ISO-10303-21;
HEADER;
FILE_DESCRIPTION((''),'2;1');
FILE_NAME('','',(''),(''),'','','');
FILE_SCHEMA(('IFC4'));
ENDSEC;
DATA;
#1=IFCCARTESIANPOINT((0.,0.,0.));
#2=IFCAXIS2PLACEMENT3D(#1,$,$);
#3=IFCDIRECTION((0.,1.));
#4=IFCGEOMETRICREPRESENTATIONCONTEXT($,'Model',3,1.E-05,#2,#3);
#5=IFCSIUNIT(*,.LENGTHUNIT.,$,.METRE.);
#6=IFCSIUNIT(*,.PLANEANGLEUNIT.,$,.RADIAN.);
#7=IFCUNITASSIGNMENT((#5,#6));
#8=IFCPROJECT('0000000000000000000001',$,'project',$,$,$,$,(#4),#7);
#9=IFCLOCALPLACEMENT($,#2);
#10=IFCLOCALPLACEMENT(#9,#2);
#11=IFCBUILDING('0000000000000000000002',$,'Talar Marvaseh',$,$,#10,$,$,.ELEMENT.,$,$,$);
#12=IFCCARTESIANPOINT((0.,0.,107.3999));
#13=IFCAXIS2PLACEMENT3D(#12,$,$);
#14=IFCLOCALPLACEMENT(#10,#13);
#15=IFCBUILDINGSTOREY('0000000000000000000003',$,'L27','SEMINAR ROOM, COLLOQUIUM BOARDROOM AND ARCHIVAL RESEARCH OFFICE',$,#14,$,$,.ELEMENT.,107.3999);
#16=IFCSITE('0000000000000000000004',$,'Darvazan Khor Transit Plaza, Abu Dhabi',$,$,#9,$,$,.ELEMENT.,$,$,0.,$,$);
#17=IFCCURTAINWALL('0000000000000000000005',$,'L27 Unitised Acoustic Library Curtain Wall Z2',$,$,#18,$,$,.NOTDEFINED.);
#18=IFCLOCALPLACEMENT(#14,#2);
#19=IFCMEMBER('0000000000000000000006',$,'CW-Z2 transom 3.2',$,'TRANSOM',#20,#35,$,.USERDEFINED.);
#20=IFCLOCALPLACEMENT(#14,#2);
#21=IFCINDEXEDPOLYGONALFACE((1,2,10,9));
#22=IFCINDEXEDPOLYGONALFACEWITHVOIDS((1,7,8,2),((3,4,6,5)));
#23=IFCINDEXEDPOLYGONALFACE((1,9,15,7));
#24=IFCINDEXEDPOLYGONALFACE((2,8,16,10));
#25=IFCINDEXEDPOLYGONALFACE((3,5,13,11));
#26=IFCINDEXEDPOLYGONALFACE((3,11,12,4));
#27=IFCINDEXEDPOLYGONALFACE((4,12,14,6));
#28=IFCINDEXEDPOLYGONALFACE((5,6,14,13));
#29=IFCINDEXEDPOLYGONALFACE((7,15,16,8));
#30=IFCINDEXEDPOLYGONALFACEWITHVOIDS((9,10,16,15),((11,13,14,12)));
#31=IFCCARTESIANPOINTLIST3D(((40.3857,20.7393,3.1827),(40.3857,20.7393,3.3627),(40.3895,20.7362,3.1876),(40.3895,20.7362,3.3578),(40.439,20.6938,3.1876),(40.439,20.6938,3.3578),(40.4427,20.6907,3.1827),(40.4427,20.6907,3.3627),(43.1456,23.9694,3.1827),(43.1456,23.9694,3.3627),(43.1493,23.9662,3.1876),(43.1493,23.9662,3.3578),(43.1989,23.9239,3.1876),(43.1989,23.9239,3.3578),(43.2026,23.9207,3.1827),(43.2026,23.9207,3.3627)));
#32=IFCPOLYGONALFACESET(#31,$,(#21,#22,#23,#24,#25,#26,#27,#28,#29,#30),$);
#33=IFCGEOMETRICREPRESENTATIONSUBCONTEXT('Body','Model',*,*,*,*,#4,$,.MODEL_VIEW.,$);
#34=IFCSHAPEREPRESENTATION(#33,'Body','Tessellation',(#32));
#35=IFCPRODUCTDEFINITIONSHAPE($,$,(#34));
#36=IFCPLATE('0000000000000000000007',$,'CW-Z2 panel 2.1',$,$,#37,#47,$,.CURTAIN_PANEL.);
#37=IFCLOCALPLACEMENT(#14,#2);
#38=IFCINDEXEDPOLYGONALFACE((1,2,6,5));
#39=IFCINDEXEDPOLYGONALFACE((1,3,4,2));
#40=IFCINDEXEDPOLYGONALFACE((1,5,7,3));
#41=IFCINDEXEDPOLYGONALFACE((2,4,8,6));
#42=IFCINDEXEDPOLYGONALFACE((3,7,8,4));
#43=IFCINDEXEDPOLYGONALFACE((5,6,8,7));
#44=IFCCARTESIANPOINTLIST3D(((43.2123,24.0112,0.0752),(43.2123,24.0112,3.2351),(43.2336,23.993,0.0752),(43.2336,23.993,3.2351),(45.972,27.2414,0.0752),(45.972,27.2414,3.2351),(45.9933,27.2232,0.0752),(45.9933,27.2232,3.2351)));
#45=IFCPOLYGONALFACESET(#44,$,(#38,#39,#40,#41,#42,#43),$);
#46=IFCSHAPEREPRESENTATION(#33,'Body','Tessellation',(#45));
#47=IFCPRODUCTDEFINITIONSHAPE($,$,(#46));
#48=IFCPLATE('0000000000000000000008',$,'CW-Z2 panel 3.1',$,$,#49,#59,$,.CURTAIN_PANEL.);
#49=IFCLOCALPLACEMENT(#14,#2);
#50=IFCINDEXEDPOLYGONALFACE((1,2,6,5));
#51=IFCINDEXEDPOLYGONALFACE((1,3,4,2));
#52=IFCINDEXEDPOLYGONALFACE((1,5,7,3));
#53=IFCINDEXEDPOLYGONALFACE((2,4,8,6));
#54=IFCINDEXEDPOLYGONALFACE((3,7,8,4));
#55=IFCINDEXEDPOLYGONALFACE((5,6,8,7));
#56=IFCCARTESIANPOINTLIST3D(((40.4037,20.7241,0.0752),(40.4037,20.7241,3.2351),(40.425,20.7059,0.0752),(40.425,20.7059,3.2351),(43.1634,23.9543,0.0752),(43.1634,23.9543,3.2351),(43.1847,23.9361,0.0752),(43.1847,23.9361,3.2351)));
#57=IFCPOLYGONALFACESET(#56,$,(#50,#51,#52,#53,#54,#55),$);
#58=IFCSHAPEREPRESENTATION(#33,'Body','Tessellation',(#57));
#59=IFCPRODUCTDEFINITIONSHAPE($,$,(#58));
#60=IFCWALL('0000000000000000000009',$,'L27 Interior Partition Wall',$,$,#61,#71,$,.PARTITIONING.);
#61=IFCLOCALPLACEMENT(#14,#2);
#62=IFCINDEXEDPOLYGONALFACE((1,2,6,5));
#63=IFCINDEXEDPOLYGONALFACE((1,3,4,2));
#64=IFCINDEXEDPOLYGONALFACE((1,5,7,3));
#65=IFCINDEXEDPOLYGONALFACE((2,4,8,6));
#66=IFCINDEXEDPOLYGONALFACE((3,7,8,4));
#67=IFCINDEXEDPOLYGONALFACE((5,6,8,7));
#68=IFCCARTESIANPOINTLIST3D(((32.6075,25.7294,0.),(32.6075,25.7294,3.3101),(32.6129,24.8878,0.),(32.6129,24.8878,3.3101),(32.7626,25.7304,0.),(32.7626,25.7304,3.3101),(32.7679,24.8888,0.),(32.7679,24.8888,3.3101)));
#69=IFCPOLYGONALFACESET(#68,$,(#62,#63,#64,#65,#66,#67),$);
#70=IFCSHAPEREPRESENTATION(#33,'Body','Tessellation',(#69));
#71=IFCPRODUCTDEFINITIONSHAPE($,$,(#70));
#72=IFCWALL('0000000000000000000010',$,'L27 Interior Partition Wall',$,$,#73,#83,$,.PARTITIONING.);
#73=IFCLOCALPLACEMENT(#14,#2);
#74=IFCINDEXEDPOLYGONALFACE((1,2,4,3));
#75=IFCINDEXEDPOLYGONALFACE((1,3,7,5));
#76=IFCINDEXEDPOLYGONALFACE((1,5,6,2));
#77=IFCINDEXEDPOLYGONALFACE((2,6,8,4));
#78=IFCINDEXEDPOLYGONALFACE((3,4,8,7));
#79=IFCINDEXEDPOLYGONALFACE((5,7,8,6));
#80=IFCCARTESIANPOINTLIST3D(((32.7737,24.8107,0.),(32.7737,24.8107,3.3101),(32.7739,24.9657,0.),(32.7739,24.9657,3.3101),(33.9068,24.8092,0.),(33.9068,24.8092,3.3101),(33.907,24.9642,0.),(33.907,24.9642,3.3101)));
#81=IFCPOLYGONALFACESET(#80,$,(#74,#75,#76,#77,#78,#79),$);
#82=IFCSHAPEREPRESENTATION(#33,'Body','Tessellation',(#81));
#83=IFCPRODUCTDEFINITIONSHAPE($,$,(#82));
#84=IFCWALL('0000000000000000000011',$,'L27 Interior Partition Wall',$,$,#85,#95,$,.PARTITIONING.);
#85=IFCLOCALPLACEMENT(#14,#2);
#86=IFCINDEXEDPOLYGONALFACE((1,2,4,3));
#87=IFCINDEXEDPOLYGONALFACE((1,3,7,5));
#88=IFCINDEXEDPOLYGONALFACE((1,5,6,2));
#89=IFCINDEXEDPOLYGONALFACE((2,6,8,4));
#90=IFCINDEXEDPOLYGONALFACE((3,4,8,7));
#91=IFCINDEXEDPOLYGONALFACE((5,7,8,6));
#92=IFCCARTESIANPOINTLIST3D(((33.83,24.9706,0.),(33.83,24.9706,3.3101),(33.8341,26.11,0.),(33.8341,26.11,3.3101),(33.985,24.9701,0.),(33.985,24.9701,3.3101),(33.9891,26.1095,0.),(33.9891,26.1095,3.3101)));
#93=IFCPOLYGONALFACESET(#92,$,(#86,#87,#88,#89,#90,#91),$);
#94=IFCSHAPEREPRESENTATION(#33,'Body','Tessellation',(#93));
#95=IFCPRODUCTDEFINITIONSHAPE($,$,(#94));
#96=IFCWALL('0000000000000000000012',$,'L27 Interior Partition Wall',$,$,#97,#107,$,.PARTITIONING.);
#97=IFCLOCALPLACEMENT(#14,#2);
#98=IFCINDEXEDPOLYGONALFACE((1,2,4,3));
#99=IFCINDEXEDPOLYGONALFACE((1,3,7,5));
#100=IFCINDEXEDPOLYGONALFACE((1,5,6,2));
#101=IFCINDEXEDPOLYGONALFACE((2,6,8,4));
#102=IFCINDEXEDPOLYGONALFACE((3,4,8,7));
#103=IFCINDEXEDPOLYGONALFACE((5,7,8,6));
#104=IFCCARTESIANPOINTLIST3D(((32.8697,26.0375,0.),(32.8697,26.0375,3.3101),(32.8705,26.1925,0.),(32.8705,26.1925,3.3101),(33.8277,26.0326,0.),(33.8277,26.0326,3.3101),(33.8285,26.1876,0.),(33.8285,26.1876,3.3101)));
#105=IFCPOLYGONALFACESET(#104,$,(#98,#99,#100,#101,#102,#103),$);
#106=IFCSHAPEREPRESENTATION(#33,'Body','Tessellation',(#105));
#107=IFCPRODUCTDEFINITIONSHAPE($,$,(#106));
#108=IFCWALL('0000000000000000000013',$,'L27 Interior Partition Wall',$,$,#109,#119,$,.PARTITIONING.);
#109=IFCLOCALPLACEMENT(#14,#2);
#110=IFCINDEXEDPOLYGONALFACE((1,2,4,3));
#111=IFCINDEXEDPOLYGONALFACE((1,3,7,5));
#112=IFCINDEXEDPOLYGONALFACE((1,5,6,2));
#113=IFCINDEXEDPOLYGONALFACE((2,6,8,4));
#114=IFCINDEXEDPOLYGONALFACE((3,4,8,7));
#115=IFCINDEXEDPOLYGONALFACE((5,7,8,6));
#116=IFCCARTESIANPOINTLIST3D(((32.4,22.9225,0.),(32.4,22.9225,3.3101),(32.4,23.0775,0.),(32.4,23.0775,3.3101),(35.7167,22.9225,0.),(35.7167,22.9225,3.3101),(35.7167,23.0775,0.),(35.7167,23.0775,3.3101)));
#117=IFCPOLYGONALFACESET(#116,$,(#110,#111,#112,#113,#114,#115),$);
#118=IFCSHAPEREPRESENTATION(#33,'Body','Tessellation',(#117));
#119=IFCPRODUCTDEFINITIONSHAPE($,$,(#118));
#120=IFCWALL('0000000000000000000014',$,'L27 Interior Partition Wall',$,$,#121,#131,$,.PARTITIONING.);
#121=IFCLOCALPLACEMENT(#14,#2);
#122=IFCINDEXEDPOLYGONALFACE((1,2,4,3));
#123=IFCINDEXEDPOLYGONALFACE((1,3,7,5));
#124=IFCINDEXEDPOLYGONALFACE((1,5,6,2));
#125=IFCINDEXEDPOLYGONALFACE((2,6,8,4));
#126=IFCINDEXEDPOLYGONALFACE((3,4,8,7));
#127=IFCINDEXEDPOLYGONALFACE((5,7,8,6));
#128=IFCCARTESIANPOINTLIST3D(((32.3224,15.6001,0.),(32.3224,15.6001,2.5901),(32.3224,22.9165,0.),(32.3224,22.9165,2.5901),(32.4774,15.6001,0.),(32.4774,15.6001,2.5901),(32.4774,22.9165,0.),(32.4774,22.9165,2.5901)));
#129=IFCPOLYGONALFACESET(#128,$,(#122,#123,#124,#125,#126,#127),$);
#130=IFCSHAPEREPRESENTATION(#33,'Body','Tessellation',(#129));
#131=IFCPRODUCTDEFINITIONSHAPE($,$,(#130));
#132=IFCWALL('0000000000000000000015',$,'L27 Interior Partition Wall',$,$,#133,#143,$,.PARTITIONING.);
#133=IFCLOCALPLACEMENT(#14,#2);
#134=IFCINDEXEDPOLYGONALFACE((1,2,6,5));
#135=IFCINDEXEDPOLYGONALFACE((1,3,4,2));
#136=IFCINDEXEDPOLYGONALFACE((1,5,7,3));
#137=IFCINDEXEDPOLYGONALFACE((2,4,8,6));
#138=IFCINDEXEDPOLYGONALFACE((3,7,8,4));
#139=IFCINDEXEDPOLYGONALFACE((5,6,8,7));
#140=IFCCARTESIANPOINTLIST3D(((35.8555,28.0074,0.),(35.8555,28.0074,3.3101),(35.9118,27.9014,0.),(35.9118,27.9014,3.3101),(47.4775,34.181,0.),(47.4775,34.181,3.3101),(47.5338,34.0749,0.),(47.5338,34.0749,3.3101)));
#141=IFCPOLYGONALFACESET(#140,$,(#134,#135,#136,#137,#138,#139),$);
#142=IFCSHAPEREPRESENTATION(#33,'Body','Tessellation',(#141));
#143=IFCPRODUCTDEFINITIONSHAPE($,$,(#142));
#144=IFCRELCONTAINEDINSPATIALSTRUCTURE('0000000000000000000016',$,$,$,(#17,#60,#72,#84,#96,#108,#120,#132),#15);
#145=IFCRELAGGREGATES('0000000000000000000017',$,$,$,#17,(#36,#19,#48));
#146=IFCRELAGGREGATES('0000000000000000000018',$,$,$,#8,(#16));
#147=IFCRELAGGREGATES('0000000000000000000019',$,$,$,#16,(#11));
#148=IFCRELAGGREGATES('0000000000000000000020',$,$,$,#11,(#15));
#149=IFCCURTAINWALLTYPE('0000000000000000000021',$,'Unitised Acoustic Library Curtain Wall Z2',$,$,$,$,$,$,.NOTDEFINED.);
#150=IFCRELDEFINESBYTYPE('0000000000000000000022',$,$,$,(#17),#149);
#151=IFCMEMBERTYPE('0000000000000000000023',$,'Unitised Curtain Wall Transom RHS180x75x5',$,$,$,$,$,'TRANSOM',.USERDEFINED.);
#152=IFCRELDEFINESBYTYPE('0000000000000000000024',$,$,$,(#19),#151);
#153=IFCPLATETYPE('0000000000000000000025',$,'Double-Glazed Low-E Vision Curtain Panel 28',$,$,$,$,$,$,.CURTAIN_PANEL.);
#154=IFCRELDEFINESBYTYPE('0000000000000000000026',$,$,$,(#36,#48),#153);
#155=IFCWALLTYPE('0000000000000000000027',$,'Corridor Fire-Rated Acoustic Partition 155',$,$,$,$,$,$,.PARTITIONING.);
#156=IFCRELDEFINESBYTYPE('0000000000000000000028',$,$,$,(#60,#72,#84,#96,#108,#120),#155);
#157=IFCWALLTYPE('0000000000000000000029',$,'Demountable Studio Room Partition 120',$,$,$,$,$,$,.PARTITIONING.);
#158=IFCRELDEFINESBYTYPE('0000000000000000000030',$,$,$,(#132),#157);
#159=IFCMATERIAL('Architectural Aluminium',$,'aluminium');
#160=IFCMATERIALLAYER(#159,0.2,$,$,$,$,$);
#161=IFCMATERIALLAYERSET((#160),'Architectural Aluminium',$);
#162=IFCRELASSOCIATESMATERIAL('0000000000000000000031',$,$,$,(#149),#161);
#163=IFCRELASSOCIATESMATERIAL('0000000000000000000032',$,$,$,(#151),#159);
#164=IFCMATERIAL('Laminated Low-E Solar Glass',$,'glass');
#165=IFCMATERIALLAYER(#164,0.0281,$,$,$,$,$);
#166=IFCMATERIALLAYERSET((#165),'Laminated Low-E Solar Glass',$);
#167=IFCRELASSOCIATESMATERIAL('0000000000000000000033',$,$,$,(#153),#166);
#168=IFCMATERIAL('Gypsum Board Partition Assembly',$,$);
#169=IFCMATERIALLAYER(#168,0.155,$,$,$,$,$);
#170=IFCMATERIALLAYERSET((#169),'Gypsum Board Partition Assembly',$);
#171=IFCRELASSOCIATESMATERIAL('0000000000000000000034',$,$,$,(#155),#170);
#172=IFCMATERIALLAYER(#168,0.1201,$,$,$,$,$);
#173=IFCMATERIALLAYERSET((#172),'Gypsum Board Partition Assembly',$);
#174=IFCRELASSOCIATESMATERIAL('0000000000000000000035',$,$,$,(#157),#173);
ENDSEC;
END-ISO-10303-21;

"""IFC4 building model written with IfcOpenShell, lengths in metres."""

from ifc_helpers import new_model, si_unit, direction, frame, frame_2d, origin, origin_2d, place, context, subcontext, project, spatial, rectangle, hollow_rectangle, extrude, source, transform, mapped, material, layer, layer_set, material_profile, profile_set, type_object, type_shapes, element, aggregate, save


model = new_model("IFC4")

# Units and contexts
model_context = context("Model", 3, precision=1e-05, world=origin(), true_north=direction((0.0, 1.0)))
body_context = subcontext(model_context, "Body", "Model", "MODEL_VIEW")
ifc_project = project(units=[si_unit("LENGTHUNIT", "METRE"), si_unit("PLANEANGLEUNIT", "RADIAN")], contexts=[model_context])

# Site, building, storey
site_placement = place(None, origin())
site = spatial("IfcSite", under=ifc_project, at=site_placement, Name="Darvazan Khor Transit Plaza, Abu Dhabi", CompositionType="ELEMENT", RefElevation=0.0)
building_placement = place(site_placement, origin())
building = spatial("IfcBuilding", under=site, at=building_placement, Name="Talar Marvaseh", CompositionType="ELEMENT")
storey_placement = place(building_placement, frame((0.0, 0.0, 107.3999)))
storey = spatial("IfcBuildingStorey", under=building, at=storey_placement, Name="L27", Description="SEMINAR ROOM, COLLOQUIUM BOARDROOM AND ARCHIVAL RESEARCH OFFICE", CompositionType="ELEMENT", Elevation=107.3999)

# Curtain wall, member, plates
ifc_material_1 = material(Name="Architectural Aluminium", Category="aluminium")
ifc_layer_1 = layer(ifc_material_1, 0.2)
ifc_layer_set_1 = layer_set([ifc_layer_1], Name="Architectural Aluminium")
curtain_wall_type = type_object("IfcCurtainWallType", Name="Unitised Acoustic Library Curtain Wall Z2", PredefinedType="NOTDEFINED", material=ifc_layer_set_1)
curtain_wall_placement = place(storey_placement, origin())
curtain_wall = element("IfcCurtainWall", 1, at=curtain_wall_placement, inside=storey, type_object=curtain_wall_type, Name="L27 Unitised Acoustic Library Curtain Wall Z2", PredefinedType="NOTDEFINED")
ifc_material_profile_1 = material_profile(ifc_material_1, hollow_rectangle(XDim=0.075, YDim=0.1799, WallThickness=0.0049, at=origin_2d()), Name="RHS180x75x5")
ifc_profile_set_1 = profile_set([ifc_material_profile_1], Name="Architectural Aluminium")
member_type_1 = type_object("IfcMemberType", Name="Unitised Curtain Wall Transom RHS180x75x5", ElementType="TRANSOM", PredefinedType="USERDEFINED", material=ifc_profile_set_1)
shared_shape_1 = source(origin(), body_context, "Body", "SweptSolid", [
    extrude(hollow_rectangle(XDim=0.075, YDim=0.1799, WallThickness=0.0049, at=origin_2d()), origin(), (0.0, 0.0, 1.0), 4.2485),
])
type_shapes(member_type_1, [shared_shape_1])
member_1_placement = place(storey_placement, frame((43.1741, 23.9451, 3.2727), z_axis=(-0.649598, -0.760278, 0.0), x_axis=(0.760278, -0.649598, 0.0)))
member_1 = element("IfcMember", 2, at=member_1_placement, type_object=member_type_1, Name="CW-Z2 transom 3.2", ObjectType="TRANSOM", PredefinedType="USERDEFINED", context=body_context, shape_type="MappedRepresentation", body=[
    mapped(shared_shape_1, transform((0.0, 0.0, 0.0), x_axis=(1.0, 0.0, 0.0), y_axis=(0.0, 1.0, 0.0), z_axis=(0.0, 0.0, 1.0), scale=1.0)),
])
ifc_material_2 = material(Name="Laminated Low-E Solar Glass", Category="glass")
ifc_layer_2 = layer(ifc_material_2, 0.0281)
ifc_layer_set_2 = layer_set([ifc_layer_2], Name="Laminated Low-E Solar Glass")
plate_type = type_object("IfcPlateType", Name="Double-Glazed Low-E Vision Curtain Panel 28", PredefinedType="CURTAIN_PANEL", material=ifc_layer_set_2)
shared_shape_2 = source(origin(), body_context, "Body", "SweptSolid", [
    extrude(rectangle(XDim=4.2485, YDim=0.0281, at=origin_2d()), origin(), (0.0, 0.0, 1.0), 3.1599),
])
type_shapes(plate_type, [shared_shape_2])
plate_1_placement = place(storey_placement, frame((44.6028, 25.6172, 0.0752), z_axis=(0.0, 0.0, 1.0), x_axis=(-0.649567, -0.760305, 0.0)))
plate_1 = element("IfcPlate", 3, at=plate_1_placement, type_object=plate_type, Name="CW-Z2 panel 2.1", PredefinedType="CURTAIN_PANEL", context=body_context, shape_type="MappedRepresentation", body=[
    mapped(shared_shape_2, transform((0.0, 0.0, 0.0), x_axis=(1.0, 0.0, 0.0), y_axis=(0.0, 1.0, 0.0), z_axis=(0.0, 0.0, 1.0), scale=1.0)),
])
plate_2_placement = place(storey_placement, frame((41.7942, 22.3301, 0.0752), z_axis=(0.0, 0.0, 1.0), x_axis=(-0.649567, -0.760305, 0.0)))
plate_2 = element("IfcPlate", 4, at=plate_2_placement, type_object=plate_type, Name="CW-Z2 panel 3.1", PredefinedType="CURTAIN_PANEL", context=body_context, shape_type="MappedRepresentation", body=[
    mapped(shared_shape_2, transform((0.0, 0.0, 0.0), x_axis=(1.0, 0.0, 0.0), y_axis=(0.0, 1.0, 0.0), z_axis=(0.0, 0.0, 1.0), scale=1.0)),
])
aggregate(curtain_wall, [plate_1, member_1, plate_2])

# Walls
ifc_material_3 = material(Name="Gypsum Board Partition Assembly")
ifc_layer_3 = layer(ifc_material_3, 0.155)
ifc_layer_set_3 = layer_set([ifc_layer_3], Name="Gypsum Board Partition Assembly")
wall_type_1 = type_object("IfcWallType", Name="Corridor Fire-Rated Acoustic Partition 155", PredefinedType="PARTITIONING", material=ifc_layer_set_3)
wall_1_placement = place(storey_placement, frame((32.6851, 25.73, 0.0), z_axis=(0.0, 0.0, 1.0), x_axis=(0.006382, -0.99998, 0.0)))
element("IfcWall", 5, at=wall_1_placement, inside=storey, type_object=wall_type_1, Name="L27 Interior Partition Wall", PredefinedType="PARTITIONING", context=body_context, shape_type="SweptSolid", body=[
    extrude(rectangle(XDim=0.8416, YDim=0.155, at=frame_2d((0.4209, 0.0))), origin(), (0.0, 0.0, 1.0), 3.3101),
])
wall_2_placement = place(storey_placement, frame((32.7739, 24.8882, 0.0), z_axis=(0.0, 0.0, 1.0), x_axis=(0.999999, -0.001293, 0.0)))
element("IfcWall", 6, at=wall_2_placement, inside=storey, type_object=wall_type_1, Name="L27 Interior Partition Wall", PredefinedType="PARTITIONING", context=body_context, shape_type="SweptSolid", body=[
    extrude(rectangle(XDim=1.1331, YDim=0.155, at=frame_2d((0.5664, 0.0))), origin(), (0.0, 0.0, 1.0), 3.3101),
])
wall_3_placement = place(storey_placement, frame((33.9075, 24.9702, 0.0), z_axis=(0.0, 0.0, 1.0), x_axis=(0.003643, 0.999993, 0.0)))
element("IfcWall", 7, at=wall_3_placement, inside=storey, type_object=wall_type_1, Name="L27 Interior Partition Wall", PredefinedType="PARTITIONING", context=body_context, shape_type="SweptSolid", body=[
    extrude(rectangle(XDim=1.1394, YDim=0.155, at=frame_2d((0.5698, 0.0))), origin(), (0.0, 0.0, 1.0), 3.3101),
])
wall_4_placement = place(storey_placement, frame((33.8281, 26.1101, 0.0), z_axis=(0.0, 0.0, 1.0), x_axis=(-0.999987, 0.005097, 0.0)))
element("IfcWall", 8, at=wall_4_placement, inside=storey, type_object=wall_type_1, Name="L27 Interior Partition Wall", PredefinedType="PARTITIONING", context=body_context, shape_type="SweptSolid", body=[
    extrude(rectangle(XDim=0.958, YDim=0.155, at=frame_2d((0.479, 0.0))), origin(), (0.0, 0.0, 1.0), 3.3101),
])
wall_5_placement = place(storey_placement, frame((35.7166, 23.0, 0.0), z_axis=(0.0, 0.0, 1.0), x_axis=(-1.0, 0.0, 0.0)))
element("IfcWall", 9, at=wall_5_placement, inside=storey, type_object=wall_type_1, Name="L27 Interior Partition Wall", PredefinedType="PARTITIONING", context=body_context, shape_type="SweptSolid", body=[
    extrude(rectangle(XDim=3.3167, YDim=0.155, at=frame_2d((1.6582, 0.0))), origin(), (0.0, 0.0, 1.0), 3.3101),
])
wall_6_placement = place(storey_placement, frame((32.3999, 22.9165, 0.0), z_axis=(0.0, 0.0, 1.0), x_axis=(0.0, -1.0, 0.0)))
element("IfcWall", 10, at=wall_6_placement, inside=storey, type_object=wall_type_1, Name="L27 Interior Partition Wall", PredefinedType="PARTITIONING", context=body_context, shape_type="SweptSolid", body=[
    extrude(rectangle(XDim=7.3164, YDim=0.155, at=frame_2d((3.6582, 0.0))), origin(), (0.0, 0.0, 1.0), 2.5901),
])
ifc_layer_4 = layer(ifc_material_3, 0.1201)
ifc_layer_set_4 = layer_set([ifc_layer_4], Name="Gypsum Board Partition Assembly")
wall_type_2 = type_object("IfcWallType", Name="Demountable Studio Room Partition 120", PredefinedType="PARTITIONING", material=ifc_layer_set_4)
wall_7_placement = place(storey_placement, frame((35.8835, 27.9543, 0.0), z_axis=(0.0, 0.0, 1.0), x_axis=(0.883136, 0.469117, 0.0)))
element("IfcWall", 11, at=wall_7_placement, inside=storey, type_object=wall_type_2, Name="L27 Interior Partition Wall", PredefinedType="PARTITIONING", context=body_context, shape_type="SweptSolid", body=[
    extrude(rectangle(XDim=13.1599, YDim=0.1201, at=frame_2d((6.5801, 0.0))), origin(), (0.0, 0.0, 1.0), 3.3101),
])

save(model, "model.ifc")
